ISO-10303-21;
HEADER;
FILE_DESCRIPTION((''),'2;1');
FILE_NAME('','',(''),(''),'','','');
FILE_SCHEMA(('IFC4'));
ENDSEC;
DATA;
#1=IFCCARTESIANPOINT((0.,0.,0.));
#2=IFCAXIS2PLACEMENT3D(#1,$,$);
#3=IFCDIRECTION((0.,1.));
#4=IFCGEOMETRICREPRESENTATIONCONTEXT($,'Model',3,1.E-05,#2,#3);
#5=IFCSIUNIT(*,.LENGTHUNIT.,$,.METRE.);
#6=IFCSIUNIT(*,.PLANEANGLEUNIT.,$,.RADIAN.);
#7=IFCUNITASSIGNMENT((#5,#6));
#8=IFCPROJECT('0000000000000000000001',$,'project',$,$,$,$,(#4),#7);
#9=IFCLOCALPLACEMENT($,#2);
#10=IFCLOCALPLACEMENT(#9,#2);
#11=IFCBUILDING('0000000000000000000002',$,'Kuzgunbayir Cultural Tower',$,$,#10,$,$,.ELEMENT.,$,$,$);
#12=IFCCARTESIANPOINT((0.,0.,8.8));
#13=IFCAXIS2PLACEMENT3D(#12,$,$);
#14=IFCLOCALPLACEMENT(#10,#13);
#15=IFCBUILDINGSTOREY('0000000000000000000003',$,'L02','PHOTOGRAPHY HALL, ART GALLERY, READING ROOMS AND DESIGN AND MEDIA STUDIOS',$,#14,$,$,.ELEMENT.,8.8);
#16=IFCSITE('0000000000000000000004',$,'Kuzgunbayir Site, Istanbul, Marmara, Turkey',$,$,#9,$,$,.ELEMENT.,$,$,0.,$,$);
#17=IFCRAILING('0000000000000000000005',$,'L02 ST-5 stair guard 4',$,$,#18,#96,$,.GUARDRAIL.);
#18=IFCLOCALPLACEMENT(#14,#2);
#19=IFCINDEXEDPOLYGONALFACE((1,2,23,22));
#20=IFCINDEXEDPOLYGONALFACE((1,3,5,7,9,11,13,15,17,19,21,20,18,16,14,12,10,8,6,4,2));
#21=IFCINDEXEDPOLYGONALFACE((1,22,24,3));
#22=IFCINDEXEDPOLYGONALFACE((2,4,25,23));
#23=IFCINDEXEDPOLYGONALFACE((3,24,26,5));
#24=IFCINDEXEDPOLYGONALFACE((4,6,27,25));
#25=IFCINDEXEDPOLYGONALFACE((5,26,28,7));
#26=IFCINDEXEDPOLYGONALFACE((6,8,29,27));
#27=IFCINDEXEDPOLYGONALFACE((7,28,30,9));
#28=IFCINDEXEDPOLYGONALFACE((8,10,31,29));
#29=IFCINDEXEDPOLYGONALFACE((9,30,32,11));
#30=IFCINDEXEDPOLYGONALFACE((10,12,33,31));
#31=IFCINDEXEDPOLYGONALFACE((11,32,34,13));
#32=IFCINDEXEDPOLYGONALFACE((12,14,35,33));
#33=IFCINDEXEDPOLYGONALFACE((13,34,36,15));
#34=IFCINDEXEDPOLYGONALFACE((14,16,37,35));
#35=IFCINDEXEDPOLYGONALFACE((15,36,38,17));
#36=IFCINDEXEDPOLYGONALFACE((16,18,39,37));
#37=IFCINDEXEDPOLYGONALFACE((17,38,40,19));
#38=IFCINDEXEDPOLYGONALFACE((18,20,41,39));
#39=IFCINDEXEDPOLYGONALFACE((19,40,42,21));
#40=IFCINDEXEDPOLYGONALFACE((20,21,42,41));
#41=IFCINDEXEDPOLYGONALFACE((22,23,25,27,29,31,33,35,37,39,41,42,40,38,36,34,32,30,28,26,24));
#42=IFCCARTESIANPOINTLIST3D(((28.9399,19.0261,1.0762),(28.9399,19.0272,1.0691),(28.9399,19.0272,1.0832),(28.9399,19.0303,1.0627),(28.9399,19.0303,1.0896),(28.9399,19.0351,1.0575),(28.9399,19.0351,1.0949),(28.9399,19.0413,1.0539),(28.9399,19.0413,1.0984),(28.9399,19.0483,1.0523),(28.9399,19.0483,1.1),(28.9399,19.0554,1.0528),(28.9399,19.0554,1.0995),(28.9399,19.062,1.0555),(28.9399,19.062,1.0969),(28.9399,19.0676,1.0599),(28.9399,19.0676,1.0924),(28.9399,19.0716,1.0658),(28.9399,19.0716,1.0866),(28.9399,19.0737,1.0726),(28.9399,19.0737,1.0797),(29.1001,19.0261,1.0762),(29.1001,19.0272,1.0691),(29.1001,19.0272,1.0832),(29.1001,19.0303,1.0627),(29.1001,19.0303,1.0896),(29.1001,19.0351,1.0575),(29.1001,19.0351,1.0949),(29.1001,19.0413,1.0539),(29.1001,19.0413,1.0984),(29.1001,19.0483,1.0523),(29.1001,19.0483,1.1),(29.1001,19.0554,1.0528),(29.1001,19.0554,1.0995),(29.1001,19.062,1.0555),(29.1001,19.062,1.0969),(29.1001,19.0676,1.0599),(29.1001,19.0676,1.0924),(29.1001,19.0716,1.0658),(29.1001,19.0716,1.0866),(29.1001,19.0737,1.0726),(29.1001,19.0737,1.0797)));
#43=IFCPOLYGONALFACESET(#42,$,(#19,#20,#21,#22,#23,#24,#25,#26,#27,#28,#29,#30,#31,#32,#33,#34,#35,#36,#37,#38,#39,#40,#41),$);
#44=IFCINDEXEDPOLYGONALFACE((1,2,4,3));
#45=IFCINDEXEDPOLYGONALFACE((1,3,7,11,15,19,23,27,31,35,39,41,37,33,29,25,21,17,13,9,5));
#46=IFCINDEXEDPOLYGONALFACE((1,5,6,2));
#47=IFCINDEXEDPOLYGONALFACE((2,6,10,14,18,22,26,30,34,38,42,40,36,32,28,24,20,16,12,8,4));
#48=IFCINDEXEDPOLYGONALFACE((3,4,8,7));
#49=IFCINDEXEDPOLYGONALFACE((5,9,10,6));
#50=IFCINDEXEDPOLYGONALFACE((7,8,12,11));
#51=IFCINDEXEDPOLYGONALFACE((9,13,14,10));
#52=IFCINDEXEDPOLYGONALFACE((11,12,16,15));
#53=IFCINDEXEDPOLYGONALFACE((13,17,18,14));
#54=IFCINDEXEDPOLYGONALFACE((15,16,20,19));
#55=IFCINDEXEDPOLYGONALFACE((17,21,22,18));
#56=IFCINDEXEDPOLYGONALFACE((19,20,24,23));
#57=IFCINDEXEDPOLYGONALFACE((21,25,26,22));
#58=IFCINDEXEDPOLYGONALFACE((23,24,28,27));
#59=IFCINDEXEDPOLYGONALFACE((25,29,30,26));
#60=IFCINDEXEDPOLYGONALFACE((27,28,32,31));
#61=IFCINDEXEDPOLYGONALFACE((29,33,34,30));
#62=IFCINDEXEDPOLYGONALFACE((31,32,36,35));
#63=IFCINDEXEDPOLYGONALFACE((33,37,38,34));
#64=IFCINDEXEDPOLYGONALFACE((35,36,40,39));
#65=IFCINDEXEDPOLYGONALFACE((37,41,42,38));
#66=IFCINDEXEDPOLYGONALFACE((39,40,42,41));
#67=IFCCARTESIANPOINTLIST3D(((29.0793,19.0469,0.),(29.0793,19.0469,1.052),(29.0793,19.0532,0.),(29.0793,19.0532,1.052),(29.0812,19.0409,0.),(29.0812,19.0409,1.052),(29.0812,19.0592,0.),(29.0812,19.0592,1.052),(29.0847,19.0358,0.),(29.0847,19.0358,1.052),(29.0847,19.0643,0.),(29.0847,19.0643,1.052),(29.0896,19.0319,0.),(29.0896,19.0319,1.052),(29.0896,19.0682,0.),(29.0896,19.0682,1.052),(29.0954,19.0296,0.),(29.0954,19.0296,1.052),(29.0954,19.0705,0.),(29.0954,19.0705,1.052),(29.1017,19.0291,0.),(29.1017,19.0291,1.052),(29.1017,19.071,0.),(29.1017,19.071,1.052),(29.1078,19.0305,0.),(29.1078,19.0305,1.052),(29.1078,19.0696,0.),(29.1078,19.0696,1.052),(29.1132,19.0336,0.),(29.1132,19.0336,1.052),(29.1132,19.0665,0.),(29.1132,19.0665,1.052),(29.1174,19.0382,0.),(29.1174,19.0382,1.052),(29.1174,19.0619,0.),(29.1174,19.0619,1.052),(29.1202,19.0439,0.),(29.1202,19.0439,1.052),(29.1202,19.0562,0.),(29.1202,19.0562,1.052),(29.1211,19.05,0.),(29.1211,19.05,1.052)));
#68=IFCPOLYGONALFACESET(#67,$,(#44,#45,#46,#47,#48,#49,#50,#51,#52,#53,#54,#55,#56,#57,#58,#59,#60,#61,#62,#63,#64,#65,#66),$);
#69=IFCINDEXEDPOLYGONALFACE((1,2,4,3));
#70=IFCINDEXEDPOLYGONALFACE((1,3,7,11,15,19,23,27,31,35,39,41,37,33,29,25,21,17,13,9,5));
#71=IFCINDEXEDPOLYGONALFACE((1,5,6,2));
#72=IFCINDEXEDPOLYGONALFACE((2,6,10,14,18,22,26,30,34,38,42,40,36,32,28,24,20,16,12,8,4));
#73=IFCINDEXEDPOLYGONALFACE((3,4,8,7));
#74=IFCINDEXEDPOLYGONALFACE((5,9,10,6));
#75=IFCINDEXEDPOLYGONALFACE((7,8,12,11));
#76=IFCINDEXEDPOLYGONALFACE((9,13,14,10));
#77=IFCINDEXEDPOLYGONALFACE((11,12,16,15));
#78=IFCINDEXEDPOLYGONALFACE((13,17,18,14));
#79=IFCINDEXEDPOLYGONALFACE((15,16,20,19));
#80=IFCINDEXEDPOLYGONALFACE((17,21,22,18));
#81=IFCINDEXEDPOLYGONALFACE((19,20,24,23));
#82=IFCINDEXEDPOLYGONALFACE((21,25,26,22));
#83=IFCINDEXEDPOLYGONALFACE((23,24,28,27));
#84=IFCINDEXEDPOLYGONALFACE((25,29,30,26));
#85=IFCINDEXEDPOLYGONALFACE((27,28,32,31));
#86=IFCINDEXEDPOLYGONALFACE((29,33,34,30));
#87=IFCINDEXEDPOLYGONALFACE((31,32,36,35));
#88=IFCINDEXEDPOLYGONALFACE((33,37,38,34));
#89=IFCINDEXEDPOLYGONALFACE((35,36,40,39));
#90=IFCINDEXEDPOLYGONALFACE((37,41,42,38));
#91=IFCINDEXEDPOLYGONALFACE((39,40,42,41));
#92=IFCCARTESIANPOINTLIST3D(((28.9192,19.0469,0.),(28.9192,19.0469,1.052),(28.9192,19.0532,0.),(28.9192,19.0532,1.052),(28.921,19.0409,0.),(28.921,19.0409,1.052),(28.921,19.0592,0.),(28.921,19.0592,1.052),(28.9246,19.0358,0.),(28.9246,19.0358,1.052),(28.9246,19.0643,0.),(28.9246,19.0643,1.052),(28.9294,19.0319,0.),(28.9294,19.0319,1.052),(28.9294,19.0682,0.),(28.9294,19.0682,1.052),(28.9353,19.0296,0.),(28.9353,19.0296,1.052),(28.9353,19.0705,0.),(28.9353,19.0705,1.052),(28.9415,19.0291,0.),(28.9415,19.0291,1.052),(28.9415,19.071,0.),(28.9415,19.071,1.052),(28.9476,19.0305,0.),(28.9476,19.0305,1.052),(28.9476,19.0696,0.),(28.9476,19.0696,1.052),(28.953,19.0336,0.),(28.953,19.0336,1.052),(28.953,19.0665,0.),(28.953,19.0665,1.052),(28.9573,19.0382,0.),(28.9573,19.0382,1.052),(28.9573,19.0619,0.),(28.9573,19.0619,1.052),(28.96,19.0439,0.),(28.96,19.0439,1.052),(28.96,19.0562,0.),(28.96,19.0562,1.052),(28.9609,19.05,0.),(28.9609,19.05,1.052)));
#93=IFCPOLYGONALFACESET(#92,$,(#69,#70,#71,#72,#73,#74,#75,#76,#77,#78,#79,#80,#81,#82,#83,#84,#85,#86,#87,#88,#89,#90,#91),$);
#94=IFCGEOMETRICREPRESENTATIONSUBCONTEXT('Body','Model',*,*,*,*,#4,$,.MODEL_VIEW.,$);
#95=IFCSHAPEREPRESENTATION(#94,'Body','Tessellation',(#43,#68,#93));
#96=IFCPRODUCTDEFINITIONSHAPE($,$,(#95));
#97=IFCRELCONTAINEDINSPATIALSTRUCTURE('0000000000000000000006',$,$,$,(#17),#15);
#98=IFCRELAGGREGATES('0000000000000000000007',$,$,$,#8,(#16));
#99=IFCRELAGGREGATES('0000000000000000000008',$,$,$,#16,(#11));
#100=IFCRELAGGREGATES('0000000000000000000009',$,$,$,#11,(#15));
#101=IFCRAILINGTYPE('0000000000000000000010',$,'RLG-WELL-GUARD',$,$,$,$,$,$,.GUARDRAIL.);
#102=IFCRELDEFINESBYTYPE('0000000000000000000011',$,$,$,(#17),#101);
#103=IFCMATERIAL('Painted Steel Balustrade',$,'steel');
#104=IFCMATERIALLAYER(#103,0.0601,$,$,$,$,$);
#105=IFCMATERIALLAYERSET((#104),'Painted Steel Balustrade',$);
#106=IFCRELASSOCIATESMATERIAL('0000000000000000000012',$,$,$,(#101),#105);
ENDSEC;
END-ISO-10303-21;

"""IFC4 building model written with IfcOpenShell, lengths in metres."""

from ifc_helpers import new_model, si_unit, direction, frame, origin, origin_2d, place, context, subcontext, project, spatial, circle, extrude, material, layer, layer_set, type_object, element, save


model = new_model("IFC4")

# Units and contexts
model_context = context("Model", 3, precision=1e-05, world=origin(), true_north=direction((0.0, 1.0)))
body_context = subcontext(model_context, "Body", "Model", "MODEL_VIEW")
ifc_project = project(units=[si_unit("LENGTHUNIT", "METRE"), si_unit("PLANEANGLEUNIT", "RADIAN")], contexts=[model_context])

# Site, building, storey
site_placement = place(None, origin())
site = spatial("IfcSite", under=ifc_project, at=site_placement, Name="Kuzgunbayir Site, Istanbul, Marmara, Turkey", CompositionType="ELEMENT", RefElevation=0.0)
building_placement = place(site_placement, origin())
building = spatial("IfcBuilding", under=site, at=building_placement, Name="Kuzgunbayir Cultural Tower", CompositionType="ELEMENT")
storey_placement = place(building_placement, frame((0.0, 0.0, 8.8)))
storey = spatial("IfcBuildingStorey", under=building, at=storey_placement, Name="L02", Description="PHOTOGRAPHY HALL, ART GALLERY, READING ROOMS AND DESIGN AND MEDIA STUDIOS", CompositionType="ELEMENT", Elevation=8.8)

# Railing
ifc_material_1 = material(Name="Painted Steel Balustrade", Category="steel")
ifc_layer_1 = layer(ifc_material_1, 0.0601)
ifc_layer_set_1 = layer_set([ifc_layer_1], Name="Painted Steel Balustrade")
railing_type_1 = type_object("IfcRailingType", Name="RLG-WELL-GUARD", PredefinedType="GUARDRAIL", material=ifc_layer_set_1)
railing_1_placement = place(storey_placement, frame((29.1001, 19.05, 0.0)))
element("IfcRailing", 1, at=railing_1_placement, inside=storey, type_object=railing_type_1, Name="L02 ST-5 stair guard 4", PredefinedType="GUARDRAIL", context=body_context, shape_type="SweptSolid", body=[
    extrude(circle(Radius=0.0239, at=origin_2d()), frame((0.0, 0.0, 1.0762), z_axis=(-1.0, 0.0, 0.0), x_axis=(0.0, -1.0, 0.0)), (0.0, 0.0, 1.0), 0.1602),
    extrude(circle(Radius=0.021, at=origin_2d()), origin(), (0.0, 0.0, 1.0), 1.052),
    extrude(circle(Radius=0.021, at=origin_2d()), frame((-0.1602, 0.0, 0.0)), (0.0, 0.0, 1.0), 1.052),
])

save(model, "model.ifc")
